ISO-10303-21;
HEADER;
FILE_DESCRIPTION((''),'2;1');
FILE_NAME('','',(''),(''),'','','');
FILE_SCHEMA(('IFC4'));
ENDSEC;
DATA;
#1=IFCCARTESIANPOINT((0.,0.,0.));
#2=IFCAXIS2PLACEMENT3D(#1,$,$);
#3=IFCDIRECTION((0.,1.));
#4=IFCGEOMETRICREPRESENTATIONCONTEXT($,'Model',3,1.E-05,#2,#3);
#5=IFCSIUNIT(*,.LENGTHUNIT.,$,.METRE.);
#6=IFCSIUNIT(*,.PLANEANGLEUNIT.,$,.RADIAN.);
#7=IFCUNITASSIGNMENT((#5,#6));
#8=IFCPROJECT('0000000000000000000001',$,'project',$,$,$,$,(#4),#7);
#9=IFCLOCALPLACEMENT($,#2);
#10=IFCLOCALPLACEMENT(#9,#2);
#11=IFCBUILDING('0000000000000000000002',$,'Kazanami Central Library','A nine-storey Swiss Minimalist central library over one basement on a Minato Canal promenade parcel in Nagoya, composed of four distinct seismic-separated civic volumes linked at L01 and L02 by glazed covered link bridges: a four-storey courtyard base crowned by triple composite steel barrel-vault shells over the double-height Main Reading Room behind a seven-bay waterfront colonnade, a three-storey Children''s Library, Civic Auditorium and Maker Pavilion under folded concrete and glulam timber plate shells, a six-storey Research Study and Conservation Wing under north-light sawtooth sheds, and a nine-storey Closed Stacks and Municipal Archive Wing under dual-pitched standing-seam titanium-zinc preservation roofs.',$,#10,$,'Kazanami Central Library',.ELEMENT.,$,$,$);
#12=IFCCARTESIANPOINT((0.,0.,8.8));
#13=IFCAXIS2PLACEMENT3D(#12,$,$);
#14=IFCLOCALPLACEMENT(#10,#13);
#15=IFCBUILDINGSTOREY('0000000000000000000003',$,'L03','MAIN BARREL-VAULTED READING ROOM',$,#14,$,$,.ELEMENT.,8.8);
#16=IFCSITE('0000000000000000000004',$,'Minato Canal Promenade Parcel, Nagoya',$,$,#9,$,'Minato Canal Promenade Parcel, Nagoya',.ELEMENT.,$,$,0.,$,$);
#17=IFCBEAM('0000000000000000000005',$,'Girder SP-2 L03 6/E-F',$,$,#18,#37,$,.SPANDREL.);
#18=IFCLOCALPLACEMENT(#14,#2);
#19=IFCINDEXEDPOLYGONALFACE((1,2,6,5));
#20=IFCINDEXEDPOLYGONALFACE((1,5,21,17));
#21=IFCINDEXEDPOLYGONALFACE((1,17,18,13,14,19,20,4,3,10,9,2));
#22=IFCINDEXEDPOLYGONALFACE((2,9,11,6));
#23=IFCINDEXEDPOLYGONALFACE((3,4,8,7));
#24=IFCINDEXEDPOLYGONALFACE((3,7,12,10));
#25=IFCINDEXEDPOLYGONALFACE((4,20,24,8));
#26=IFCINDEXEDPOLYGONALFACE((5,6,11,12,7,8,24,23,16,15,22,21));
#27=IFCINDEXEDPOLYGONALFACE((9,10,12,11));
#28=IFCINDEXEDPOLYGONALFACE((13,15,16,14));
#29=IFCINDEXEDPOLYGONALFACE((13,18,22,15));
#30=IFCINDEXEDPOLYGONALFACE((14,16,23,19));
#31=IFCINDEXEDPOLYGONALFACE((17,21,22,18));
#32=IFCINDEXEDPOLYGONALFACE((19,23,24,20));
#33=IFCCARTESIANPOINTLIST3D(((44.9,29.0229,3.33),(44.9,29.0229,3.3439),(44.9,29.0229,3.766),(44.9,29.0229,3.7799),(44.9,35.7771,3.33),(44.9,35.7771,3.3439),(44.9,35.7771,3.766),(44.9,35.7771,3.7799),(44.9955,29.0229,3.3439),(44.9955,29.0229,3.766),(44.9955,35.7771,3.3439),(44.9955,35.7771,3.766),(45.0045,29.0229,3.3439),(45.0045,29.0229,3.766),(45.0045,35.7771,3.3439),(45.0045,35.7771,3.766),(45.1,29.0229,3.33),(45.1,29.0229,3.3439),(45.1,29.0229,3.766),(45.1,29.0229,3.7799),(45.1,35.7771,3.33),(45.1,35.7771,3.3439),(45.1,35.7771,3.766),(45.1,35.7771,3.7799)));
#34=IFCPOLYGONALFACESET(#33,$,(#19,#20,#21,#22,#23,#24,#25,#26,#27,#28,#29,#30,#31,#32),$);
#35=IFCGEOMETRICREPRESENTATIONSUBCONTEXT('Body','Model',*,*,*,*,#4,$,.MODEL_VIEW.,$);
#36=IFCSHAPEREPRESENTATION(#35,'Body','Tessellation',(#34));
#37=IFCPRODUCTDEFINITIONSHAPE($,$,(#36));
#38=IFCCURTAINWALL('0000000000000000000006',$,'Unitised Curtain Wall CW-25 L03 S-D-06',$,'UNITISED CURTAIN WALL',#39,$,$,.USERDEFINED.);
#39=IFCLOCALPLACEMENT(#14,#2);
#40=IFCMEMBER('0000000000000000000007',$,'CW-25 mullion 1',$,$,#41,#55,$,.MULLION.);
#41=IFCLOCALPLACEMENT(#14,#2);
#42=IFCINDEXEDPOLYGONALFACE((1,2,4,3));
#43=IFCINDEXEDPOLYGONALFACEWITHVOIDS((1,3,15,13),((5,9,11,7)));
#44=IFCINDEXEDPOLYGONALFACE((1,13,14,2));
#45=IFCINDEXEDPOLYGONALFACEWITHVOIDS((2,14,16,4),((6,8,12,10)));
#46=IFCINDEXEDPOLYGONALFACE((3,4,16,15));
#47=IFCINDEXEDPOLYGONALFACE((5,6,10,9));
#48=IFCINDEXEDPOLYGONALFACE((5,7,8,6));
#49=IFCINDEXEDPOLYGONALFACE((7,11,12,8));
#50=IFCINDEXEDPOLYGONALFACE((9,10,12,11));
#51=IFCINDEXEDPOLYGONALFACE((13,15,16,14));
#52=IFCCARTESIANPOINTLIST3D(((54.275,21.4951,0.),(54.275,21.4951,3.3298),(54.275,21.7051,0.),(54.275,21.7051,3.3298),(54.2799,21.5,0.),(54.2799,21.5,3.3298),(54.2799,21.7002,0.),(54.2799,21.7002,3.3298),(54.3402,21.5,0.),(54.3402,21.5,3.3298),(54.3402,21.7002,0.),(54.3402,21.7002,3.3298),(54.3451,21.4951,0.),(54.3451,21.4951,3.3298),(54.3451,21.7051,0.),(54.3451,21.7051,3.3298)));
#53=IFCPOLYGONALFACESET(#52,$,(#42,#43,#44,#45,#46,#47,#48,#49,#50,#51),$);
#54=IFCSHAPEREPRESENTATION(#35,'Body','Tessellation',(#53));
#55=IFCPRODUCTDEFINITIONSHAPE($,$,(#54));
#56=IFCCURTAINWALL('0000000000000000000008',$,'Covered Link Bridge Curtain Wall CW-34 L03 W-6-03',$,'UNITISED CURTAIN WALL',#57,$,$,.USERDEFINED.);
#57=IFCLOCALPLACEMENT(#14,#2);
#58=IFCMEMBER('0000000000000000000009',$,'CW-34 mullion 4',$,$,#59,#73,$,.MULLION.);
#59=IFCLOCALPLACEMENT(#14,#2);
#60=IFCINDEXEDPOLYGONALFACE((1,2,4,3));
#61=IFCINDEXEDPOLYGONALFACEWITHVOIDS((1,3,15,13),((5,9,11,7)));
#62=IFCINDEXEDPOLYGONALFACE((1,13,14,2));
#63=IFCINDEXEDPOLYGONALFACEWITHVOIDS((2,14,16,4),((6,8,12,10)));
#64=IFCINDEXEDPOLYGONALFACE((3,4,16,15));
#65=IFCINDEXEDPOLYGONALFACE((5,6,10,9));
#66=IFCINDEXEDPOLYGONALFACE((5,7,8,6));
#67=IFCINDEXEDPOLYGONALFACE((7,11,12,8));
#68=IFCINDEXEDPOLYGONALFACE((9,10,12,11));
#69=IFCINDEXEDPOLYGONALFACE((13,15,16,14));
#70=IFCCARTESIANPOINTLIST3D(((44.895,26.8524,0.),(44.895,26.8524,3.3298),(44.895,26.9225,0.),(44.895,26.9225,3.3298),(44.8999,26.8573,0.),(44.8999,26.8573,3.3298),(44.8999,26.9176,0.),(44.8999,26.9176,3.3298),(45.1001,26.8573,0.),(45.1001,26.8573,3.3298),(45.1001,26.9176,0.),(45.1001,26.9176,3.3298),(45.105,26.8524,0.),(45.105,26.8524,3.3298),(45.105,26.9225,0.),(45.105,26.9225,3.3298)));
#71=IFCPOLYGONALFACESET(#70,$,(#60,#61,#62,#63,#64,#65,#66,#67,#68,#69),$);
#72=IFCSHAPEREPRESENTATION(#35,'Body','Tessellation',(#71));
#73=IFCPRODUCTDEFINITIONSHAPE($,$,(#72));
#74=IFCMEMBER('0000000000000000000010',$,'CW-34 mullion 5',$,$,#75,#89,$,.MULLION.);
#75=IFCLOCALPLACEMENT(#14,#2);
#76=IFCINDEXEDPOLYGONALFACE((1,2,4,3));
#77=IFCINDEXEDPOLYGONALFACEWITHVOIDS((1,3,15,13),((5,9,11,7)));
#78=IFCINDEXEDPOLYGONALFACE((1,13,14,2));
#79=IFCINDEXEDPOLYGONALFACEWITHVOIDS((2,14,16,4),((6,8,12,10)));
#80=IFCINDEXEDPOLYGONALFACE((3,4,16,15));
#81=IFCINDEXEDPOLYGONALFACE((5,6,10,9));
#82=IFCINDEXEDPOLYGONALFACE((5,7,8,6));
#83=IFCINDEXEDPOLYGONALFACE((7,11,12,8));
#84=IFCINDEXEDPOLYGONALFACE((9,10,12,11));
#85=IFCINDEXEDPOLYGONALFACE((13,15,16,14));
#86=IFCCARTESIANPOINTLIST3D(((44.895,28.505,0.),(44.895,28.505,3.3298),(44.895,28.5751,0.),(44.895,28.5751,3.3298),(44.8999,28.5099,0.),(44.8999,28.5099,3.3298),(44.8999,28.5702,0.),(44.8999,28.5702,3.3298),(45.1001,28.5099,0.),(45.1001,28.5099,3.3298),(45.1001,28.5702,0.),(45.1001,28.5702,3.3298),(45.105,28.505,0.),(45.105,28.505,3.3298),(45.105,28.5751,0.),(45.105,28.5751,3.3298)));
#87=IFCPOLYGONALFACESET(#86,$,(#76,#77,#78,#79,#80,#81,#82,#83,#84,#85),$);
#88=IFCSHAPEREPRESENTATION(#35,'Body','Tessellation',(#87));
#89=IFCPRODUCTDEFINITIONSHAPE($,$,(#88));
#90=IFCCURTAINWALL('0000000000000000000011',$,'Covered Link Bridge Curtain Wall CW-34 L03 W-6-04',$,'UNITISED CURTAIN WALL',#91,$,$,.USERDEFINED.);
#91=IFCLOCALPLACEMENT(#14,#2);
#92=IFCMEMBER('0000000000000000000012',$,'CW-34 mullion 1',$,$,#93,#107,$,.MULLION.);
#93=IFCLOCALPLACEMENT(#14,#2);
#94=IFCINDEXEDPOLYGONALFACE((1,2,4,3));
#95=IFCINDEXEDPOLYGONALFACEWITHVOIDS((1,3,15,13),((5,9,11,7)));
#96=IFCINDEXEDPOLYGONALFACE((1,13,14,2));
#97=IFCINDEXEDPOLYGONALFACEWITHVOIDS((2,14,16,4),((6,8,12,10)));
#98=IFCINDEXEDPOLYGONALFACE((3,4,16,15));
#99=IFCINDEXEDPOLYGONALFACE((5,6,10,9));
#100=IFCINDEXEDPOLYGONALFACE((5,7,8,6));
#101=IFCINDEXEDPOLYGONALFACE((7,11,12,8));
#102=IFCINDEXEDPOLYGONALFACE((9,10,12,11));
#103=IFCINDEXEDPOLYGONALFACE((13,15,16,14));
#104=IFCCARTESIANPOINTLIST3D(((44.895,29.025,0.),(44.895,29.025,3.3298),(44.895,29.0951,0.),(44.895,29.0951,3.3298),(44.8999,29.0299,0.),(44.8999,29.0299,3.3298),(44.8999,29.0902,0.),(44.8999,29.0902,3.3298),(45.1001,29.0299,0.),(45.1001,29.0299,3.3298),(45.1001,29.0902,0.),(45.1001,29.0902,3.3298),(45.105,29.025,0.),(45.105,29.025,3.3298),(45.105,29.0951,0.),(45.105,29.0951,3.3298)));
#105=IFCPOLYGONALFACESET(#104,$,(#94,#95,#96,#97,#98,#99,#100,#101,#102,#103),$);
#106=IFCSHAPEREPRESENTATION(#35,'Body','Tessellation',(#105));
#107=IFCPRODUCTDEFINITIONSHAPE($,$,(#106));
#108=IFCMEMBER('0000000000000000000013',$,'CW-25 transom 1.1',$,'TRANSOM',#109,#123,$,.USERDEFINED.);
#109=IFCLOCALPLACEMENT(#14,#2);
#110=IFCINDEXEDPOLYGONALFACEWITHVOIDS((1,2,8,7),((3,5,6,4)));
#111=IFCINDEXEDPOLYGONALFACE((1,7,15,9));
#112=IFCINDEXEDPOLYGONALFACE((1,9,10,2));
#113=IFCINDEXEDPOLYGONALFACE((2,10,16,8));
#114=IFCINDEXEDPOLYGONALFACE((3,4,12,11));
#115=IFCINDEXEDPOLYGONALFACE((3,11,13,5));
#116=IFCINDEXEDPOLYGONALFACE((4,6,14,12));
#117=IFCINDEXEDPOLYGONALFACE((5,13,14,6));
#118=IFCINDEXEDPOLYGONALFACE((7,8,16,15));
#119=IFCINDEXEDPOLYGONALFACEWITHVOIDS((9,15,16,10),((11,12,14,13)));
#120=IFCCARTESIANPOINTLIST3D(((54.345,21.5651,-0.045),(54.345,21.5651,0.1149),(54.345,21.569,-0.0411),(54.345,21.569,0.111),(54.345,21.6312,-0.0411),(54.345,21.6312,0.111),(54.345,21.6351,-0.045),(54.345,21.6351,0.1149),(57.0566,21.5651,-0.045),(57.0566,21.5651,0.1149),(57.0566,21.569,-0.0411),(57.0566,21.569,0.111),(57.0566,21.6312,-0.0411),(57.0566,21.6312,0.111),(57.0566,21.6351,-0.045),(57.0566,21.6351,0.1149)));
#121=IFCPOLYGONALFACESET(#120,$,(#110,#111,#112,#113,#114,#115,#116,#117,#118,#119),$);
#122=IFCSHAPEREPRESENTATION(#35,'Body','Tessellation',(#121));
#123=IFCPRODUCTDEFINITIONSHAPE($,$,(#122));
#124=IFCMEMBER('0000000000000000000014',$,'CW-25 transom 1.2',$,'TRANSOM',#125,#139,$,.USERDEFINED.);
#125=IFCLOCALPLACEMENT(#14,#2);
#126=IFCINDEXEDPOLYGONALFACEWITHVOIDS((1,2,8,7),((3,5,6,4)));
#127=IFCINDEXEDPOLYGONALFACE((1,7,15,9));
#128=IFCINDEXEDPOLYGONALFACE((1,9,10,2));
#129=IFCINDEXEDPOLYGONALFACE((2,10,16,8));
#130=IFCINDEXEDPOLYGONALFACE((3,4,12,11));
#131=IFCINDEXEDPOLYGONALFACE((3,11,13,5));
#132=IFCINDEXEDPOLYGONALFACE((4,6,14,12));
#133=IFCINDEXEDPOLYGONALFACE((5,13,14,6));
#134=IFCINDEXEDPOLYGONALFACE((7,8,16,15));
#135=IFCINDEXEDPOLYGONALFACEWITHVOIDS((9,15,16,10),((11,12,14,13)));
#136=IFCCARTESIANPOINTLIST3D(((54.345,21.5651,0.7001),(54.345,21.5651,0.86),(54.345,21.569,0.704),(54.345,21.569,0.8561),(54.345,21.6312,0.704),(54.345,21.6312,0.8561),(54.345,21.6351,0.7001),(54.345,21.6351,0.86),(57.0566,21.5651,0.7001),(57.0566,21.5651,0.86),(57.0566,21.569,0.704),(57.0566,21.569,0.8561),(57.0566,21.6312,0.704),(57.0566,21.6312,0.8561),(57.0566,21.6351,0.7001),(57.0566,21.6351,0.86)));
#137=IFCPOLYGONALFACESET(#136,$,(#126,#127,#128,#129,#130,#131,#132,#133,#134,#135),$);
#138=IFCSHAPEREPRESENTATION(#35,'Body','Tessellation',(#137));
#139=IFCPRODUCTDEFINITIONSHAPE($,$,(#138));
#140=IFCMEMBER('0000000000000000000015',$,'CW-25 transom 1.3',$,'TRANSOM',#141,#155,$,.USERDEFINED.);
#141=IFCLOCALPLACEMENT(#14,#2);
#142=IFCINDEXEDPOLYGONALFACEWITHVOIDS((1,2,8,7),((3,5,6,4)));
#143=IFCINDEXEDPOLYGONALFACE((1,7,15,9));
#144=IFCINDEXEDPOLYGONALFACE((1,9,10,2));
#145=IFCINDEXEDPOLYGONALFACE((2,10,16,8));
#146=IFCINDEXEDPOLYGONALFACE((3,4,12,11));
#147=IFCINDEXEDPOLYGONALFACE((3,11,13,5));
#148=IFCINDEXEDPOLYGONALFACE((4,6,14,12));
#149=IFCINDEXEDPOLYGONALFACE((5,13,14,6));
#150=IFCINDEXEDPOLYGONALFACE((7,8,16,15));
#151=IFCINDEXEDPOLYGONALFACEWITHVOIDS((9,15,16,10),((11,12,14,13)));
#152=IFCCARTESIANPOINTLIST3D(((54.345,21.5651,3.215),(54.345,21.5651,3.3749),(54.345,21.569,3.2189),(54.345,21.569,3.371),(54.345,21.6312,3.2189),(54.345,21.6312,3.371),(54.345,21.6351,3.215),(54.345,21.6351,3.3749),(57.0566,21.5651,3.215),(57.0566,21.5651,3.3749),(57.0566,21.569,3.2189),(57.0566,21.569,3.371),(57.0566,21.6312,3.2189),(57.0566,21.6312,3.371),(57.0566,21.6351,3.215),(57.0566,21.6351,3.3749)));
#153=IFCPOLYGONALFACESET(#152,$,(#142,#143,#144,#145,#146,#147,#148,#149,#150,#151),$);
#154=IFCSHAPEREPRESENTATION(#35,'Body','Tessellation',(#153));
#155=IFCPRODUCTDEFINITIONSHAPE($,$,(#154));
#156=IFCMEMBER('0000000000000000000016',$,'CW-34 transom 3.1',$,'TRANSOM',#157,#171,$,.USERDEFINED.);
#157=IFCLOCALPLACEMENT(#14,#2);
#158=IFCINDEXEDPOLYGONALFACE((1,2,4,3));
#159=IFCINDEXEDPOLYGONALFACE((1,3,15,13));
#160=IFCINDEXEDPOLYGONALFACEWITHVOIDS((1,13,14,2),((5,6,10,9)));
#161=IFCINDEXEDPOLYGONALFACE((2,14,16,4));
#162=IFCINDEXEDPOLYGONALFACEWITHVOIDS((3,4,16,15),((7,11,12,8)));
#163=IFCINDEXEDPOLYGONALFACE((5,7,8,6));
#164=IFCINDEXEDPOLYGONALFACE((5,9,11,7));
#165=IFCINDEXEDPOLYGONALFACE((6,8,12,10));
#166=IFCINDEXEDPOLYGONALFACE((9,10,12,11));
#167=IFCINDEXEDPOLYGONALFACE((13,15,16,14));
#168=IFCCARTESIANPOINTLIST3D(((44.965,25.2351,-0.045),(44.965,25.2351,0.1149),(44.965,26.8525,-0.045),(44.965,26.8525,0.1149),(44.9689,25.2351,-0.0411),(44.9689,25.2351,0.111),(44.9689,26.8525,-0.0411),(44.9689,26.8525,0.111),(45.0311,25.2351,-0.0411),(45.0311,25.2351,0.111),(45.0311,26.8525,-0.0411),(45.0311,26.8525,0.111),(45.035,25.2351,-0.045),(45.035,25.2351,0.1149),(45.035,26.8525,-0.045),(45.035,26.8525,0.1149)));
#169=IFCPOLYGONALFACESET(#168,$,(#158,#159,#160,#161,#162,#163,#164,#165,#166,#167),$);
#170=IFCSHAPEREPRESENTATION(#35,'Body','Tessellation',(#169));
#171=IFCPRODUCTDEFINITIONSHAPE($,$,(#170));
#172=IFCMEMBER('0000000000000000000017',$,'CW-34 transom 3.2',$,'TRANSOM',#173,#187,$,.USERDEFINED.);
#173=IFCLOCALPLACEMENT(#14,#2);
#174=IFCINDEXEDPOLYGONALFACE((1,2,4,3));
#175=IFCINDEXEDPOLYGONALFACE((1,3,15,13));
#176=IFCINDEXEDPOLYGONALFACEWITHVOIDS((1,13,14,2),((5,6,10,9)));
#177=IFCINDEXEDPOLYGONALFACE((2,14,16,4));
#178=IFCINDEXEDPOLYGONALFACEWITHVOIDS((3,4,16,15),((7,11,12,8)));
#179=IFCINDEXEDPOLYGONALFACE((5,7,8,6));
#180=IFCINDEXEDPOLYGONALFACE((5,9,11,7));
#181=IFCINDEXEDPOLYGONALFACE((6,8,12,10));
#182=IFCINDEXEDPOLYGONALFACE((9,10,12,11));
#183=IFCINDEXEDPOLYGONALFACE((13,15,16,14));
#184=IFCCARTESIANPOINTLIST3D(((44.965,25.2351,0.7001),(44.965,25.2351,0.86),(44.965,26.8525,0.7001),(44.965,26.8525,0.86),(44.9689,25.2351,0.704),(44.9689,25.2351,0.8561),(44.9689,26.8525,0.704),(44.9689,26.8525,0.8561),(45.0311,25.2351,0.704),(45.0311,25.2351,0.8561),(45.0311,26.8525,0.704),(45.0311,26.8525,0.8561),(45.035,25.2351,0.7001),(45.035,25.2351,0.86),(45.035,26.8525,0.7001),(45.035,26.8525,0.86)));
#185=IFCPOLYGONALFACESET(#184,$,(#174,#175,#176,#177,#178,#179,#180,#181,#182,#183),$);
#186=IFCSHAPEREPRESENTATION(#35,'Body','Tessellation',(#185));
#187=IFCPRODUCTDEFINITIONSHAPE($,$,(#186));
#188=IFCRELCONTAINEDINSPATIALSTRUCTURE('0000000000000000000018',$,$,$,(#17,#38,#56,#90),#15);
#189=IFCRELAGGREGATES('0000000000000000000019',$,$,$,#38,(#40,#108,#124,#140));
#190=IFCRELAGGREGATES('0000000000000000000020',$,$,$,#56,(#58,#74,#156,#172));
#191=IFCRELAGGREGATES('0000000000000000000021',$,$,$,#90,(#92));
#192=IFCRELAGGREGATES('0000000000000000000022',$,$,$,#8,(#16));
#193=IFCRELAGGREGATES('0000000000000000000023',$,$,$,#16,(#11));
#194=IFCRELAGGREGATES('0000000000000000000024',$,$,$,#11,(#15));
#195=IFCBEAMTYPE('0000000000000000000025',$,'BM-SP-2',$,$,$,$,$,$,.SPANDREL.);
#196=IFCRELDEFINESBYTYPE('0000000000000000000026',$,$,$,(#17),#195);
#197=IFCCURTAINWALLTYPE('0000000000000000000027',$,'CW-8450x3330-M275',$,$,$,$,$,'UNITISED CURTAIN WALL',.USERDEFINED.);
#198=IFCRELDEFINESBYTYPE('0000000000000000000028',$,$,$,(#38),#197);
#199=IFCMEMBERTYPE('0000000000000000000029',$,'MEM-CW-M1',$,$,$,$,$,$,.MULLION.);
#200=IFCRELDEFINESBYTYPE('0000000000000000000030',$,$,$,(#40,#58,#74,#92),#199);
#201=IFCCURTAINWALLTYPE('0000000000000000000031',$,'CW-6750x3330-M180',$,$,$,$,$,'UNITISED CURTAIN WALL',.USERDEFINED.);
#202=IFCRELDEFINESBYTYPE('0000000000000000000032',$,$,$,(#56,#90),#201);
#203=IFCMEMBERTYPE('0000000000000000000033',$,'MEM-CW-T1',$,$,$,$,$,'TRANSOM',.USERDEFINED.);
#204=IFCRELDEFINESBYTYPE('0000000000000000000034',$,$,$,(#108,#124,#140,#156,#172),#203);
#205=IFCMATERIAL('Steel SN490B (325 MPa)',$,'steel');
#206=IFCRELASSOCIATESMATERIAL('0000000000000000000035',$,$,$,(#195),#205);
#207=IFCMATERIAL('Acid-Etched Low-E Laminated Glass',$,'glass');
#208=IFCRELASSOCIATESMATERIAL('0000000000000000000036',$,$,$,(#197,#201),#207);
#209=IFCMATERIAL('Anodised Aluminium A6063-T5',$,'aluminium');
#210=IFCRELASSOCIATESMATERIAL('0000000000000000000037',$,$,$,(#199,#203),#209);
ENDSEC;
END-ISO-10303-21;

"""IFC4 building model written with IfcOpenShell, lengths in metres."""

from ifc_helpers import new_model, si_unit, direction, frame, origin, origin_2d, place, context, subcontext, project, spatial, hollow_rectangle, i_section, extrude, material, material_profile, profile_set, type_object, element, aggregate, save


model = new_model("IFC4")

# Units and contexts
model_context = context("Model", 3, precision=1e-05, world=origin(), true_north=direction((0.0, 1.0)))
body_context = subcontext(model_context, "Body", "Model", "MODEL_VIEW")
ifc_project = project(units=[si_unit("LENGTHUNIT", "METRE"), si_unit("PLANEANGLEUNIT", "RADIAN")], contexts=[model_context])

# Site, building, storey
site_placement = place(None, origin())
site = spatial("IfcSite", under=ifc_project, at=site_placement, Name="Minato Canal Promenade Parcel, Nagoya", LongName="Minato Canal Promenade Parcel, Nagoya", CompositionType="ELEMENT", RefElevation=0.0)
building_placement = place(site_placement, origin())
building = spatial("IfcBuilding", under=site, at=building_placement, Name="Kazanami Central Library", Description="A nine-storey Swiss Minimalist central library over one basement on a Minato Canal promenade parcel in Nagoya, composed of four distinct seismic-separated civic volumes linked at L01 and L02 by glazed covered link bridges: a four-storey courtyard base crowned by triple composite steel barrel-vault shells over the double-height Main Reading Room behind a seven-bay waterfront colonnade, a three-storey Children's Library, Civic Auditorium and Maker Pavilion under folded concrete and glulam timber plate shells, a six-storey Research Study and Conservation Wing under north-light sawtooth sheds, and a nine-storey Closed Stacks and Municipal Archive Wing under dual-pitched standing-seam titanium-zinc preservation roofs.", LongName="Kazanami Central Library", CompositionType="ELEMENT")
storey_placement = place(building_placement, frame((0.0, 0.0, 8.8)))
storey = spatial("IfcBuildingStorey", under=building, at=storey_placement, Name="L03", Description="MAIN BARREL-VAULTED READING ROOM", CompositionType="ELEMENT", Elevation=8.8)

# Beam
ifc_material_1 = material(Name="Steel SN490B (325 MPa)", Category="steel")
ifc_material_profile_1 = material_profile(ifc_material_1, i_section(OverallWidth=0.2, OverallDepth=0.45, WebThickness=0.009, FlangeThickness=0.0139, at=origin_2d()), Name="H-450x200x9x14")
ifc_profile_set_1 = profile_set([ifc_material_profile_1], Name="Steel SN490B (325 MPa)")
beam_type_1 = type_object("IfcBeamType", Name="BM-SP-2", PredefinedType="SPANDREL", material=ifc_profile_set_1)
beam_1_placement = place(storey_placement, frame((45.0, 29.0229, 3.5549), z_axis=(0.0, 1.0, 0.0), x_axis=(-1.0, 0.0, 0.0)))
element("IfcBeam", 1, at=beam_1_placement, inside=storey, type_object=beam_type_1, Name="Girder SP-2 L03 6/E-F", PredefinedType="SPANDREL", context=body_context, shape_type="SweptSolid", body=[
    extrude(i_section(OverallWidth=0.2, OverallDepth=0.45, WebThickness=0.009, FlangeThickness=0.0139, at=origin_2d()), origin(), (0.0, 0.0, 1.0), 6.7542),
])

# Curtain wall, member
ifc_material_2 = material(Name="Acid-Etched Low-E Laminated Glass", Category="glass")
curtain_wall_type_1 = type_object("IfcCurtainWallType", Name="CW-8450x3330-M275", ElementType="UNITISED CURTAIN WALL", PredefinedType="USERDEFINED", material=ifc_material_2)
curtain_wall_1_placement = place(storey_placement, origin())
curtain_wall_1 = element("IfcCurtainWall", 2, at=curtain_wall_1_placement, inside=storey, type_object=curtain_wall_type_1, Name="Unitised Curtain Wall CW-25 L03 S-D-06", ObjectType="UNITISED CURTAIN WALL", PredefinedType="USERDEFINED")
ifc_material_3 = material(Name="Anodised Aluminium A6063-T5", Category="aluminium")
ifc_material_profile_2 = material_profile(ifc_material_3, hollow_rectangle(XDim=0.0701, YDim=0.21, WallThickness=0.0049, at=origin_2d()), Name="ALU-MULL-70x210x5")
ifc_profile_set_2 = profile_set([ifc_material_profile_2], Name="Anodised Aluminium A6063-T5")
member_type_1 = type_object("IfcMemberType", Name="MEM-CW-M1", PredefinedType="MULLION", material=ifc_profile_set_2)
member_1_placement = place(storey_placement, frame((54.3101, 21.6001, 0.0), z_axis=(0.0, 0.0, 1.0), x_axis=(1.0, 0.0, 0.0)))
member_1 = element("IfcMember", 3, at=member_1_placement, type_object=member_type_1, Name="CW-25 mullion 1", PredefinedType="MULLION", context=body_context, shape_type="SweptSolid", body=[
    extrude(hollow_rectangle(XDim=0.0701, YDim=0.21, WallThickness=0.0049, at=origin_2d()), origin(), (0.0, 0.0, 1.0), 3.3298),
])

# Curtain wall, members
curtain_wall_type_2 = type_object("IfcCurtainWallType", Name="CW-6750x3330-M180", ElementType="UNITISED CURTAIN WALL", PredefinedType="USERDEFINED", material=ifc_material_2)
curtain_wall_2_placement = place(storey_placement, origin())
curtain_wall_2 = element("IfcCurtainWall", 4, at=curtain_wall_2_placement, inside=storey, type_object=curtain_wall_type_2, Name="Covered Link Bridge Curtain Wall CW-34 L03 W-6-03", ObjectType="UNITISED CURTAIN WALL", PredefinedType="USERDEFINED")
member_2_placement = place(storey_placement, frame((45.0, 26.8875, 0.0), z_axis=(0.0, 0.0, 1.0), x_axis=(0.0, 1.0, 0.0)))
member_2 = element("IfcMember", 5, at=member_2_placement, type_object=member_type_1, Name="CW-34 mullion 4", PredefinedType="MULLION", context=body_context, shape_type="SweptSolid", body=[
    extrude(hollow_rectangle(XDim=0.0701, YDim=0.21, WallThickness=0.0049, at=origin_2d()), origin(), (0.0, 0.0, 1.0), 3.3298),
])
member_3_placement = place(storey_placement, frame((45.0, 28.54, 0.0), z_axis=(0.0, 0.0, 1.0), x_axis=(0.0, 1.0, 0.0)))
member_3 = element("IfcMember", 6, at=member_3_placement, type_object=member_type_1, Name="CW-34 mullion 5", PredefinedType="MULLION", context=body_context, shape_type="SweptSolid", body=[
    extrude(hollow_rectangle(XDim=0.0701, YDim=0.21, WallThickness=0.0049, at=origin_2d()), origin(), (0.0, 0.0, 1.0), 3.3298),
])

# Curtain wall, member
curtain_wall_3_placement = place(storey_placement, origin())
curtain_wall_3 = element("IfcCurtainWall", 7, at=curtain_wall_3_placement, inside=storey, type_object=curtain_wall_type_2, Name="Covered Link Bridge Curtain Wall CW-34 L03 W-6-04", ObjectType="UNITISED CURTAIN WALL", PredefinedType="USERDEFINED")
member_4_placement = place(storey_placement, frame((45.0, 29.0601, 0.0), z_axis=(0.0, 0.0, 1.0), x_axis=(0.0, 1.0, 0.0)))
member_4 = element("IfcMember", 8, at=member_4_placement, type_object=member_type_1, Name="CW-34 mullion 1", PredefinedType="MULLION", context=body_context, shape_type="SweptSolid", body=[
    extrude(hollow_rectangle(XDim=0.0701, YDim=0.21, WallThickness=0.0049, at=origin_2d()), origin(), (0.0, 0.0, 1.0), 3.3298),
])

# Members
ifc_material_profile_3 = material_profile(ifc_material_3, hollow_rectangle(XDim=0.0701, YDim=0.1599, WallThickness=0.0039, at=origin_2d()), Name="ALU-TRAN-70x160x4")
ifc_profile_set_3 = profile_set([ifc_material_profile_3], Name="Anodised Aluminium A6063-T5")
member_type_2 = type_object("IfcMemberType", Name="MEM-CW-T1", ElementType="TRANSOM", PredefinedType="USERDEFINED", material=ifc_profile_set_3)
member_5_placement = place(storey_placement, frame((54.345, 21.6001, 0.0349), z_axis=(1.0, 0.0, 0.0), x_axis=(0.0, 1.0, 0.0)))
member_5 = element("IfcMember", 9, at=member_5_placement, type_object=member_type_2, Name="CW-25 transom 1.1", ObjectType="TRANSOM", PredefinedType="USERDEFINED", context=body_context, shape_type="SweptSolid", body=[
    extrude(hollow_rectangle(XDim=0.0701, YDim=0.1599, WallThickness=0.0039, at=origin_2d()), origin(), (0.0, 0.0, 1.0), 2.7117),
])
member_6_placement = place(storey_placement, frame((54.345, 21.6001, 0.78), z_axis=(1.0, 0.0, 0.0), x_axis=(0.0, 1.0, 0.0)))
member_6 = element("IfcMember", 10, at=member_6_placement, type_object=member_type_2, Name="CW-25 transom 1.2", ObjectType="TRANSOM", PredefinedType="USERDEFINED", context=body_context, shape_type="SweptSolid", body=[
    extrude(hollow_rectangle(XDim=0.0701, YDim=0.1599, WallThickness=0.0039, at=origin_2d()), origin(), (0.0, 0.0, 1.0), 2.7117),
])
member_7_placement = place(storey_placement, frame((54.345, 21.6001, 3.2949), z_axis=(1.0, 0.0, 0.0), x_axis=(0.0, 1.0, 0.0)))
member_7 = element("IfcMember", 11, at=member_7_placement, type_object=member_type_2, Name="CW-25 transom 1.3", ObjectType="TRANSOM", PredefinedType="USERDEFINED", context=body_context, shape_type="SweptSolid", body=[
    extrude(hollow_rectangle(XDim=0.0701, YDim=0.1599, WallThickness=0.0039, at=origin_2d()), origin(), (0.0, 0.0, 1.0), 2.7117),
])
member_8_placement = place(storey_placement, frame((45.0, 25.2351, 0.0349), z_axis=(0.0, 1.0, 0.0), x_axis=(-1.0, 0.0, 0.0)))
member_8 = element("IfcMember", 12, at=member_8_placement, type_object=member_type_2, Name="CW-34 transom 3.1", ObjectType="TRANSOM", PredefinedType="USERDEFINED", context=body_context, shape_type="SweptSolid", body=[
    extrude(hollow_rectangle(XDim=0.0701, YDim=0.1599, WallThickness=0.0039, at=origin_2d()), origin(), (0.0, 0.0, 1.0), 1.6174),
])
member_9_placement = place(storey_placement, frame((45.0, 25.2351, 0.78), z_axis=(0.0, 1.0, 0.0), x_axis=(-1.0, 0.0, 0.0)))
member_9 = element("IfcMember", 13, at=member_9_placement, type_object=member_type_2, Name="CW-34 transom 3.2", ObjectType="TRANSOM", PredefinedType="USERDEFINED", context=body_context, shape_type="SweptSolid", body=[
    extrude(hollow_rectangle(XDim=0.0701, YDim=0.1599, WallThickness=0.0039, at=origin_2d()), origin(), (0.0, 0.0, 1.0), 1.6174),
])

aggregate(curtain_wall_1, [member_1, member_5, member_6, member_7])
aggregate(curtain_wall_2, [member_2, member_3, member_8, member_9])
aggregate(curtain_wall_3, [member_4])

save(model, "model.ifc")
